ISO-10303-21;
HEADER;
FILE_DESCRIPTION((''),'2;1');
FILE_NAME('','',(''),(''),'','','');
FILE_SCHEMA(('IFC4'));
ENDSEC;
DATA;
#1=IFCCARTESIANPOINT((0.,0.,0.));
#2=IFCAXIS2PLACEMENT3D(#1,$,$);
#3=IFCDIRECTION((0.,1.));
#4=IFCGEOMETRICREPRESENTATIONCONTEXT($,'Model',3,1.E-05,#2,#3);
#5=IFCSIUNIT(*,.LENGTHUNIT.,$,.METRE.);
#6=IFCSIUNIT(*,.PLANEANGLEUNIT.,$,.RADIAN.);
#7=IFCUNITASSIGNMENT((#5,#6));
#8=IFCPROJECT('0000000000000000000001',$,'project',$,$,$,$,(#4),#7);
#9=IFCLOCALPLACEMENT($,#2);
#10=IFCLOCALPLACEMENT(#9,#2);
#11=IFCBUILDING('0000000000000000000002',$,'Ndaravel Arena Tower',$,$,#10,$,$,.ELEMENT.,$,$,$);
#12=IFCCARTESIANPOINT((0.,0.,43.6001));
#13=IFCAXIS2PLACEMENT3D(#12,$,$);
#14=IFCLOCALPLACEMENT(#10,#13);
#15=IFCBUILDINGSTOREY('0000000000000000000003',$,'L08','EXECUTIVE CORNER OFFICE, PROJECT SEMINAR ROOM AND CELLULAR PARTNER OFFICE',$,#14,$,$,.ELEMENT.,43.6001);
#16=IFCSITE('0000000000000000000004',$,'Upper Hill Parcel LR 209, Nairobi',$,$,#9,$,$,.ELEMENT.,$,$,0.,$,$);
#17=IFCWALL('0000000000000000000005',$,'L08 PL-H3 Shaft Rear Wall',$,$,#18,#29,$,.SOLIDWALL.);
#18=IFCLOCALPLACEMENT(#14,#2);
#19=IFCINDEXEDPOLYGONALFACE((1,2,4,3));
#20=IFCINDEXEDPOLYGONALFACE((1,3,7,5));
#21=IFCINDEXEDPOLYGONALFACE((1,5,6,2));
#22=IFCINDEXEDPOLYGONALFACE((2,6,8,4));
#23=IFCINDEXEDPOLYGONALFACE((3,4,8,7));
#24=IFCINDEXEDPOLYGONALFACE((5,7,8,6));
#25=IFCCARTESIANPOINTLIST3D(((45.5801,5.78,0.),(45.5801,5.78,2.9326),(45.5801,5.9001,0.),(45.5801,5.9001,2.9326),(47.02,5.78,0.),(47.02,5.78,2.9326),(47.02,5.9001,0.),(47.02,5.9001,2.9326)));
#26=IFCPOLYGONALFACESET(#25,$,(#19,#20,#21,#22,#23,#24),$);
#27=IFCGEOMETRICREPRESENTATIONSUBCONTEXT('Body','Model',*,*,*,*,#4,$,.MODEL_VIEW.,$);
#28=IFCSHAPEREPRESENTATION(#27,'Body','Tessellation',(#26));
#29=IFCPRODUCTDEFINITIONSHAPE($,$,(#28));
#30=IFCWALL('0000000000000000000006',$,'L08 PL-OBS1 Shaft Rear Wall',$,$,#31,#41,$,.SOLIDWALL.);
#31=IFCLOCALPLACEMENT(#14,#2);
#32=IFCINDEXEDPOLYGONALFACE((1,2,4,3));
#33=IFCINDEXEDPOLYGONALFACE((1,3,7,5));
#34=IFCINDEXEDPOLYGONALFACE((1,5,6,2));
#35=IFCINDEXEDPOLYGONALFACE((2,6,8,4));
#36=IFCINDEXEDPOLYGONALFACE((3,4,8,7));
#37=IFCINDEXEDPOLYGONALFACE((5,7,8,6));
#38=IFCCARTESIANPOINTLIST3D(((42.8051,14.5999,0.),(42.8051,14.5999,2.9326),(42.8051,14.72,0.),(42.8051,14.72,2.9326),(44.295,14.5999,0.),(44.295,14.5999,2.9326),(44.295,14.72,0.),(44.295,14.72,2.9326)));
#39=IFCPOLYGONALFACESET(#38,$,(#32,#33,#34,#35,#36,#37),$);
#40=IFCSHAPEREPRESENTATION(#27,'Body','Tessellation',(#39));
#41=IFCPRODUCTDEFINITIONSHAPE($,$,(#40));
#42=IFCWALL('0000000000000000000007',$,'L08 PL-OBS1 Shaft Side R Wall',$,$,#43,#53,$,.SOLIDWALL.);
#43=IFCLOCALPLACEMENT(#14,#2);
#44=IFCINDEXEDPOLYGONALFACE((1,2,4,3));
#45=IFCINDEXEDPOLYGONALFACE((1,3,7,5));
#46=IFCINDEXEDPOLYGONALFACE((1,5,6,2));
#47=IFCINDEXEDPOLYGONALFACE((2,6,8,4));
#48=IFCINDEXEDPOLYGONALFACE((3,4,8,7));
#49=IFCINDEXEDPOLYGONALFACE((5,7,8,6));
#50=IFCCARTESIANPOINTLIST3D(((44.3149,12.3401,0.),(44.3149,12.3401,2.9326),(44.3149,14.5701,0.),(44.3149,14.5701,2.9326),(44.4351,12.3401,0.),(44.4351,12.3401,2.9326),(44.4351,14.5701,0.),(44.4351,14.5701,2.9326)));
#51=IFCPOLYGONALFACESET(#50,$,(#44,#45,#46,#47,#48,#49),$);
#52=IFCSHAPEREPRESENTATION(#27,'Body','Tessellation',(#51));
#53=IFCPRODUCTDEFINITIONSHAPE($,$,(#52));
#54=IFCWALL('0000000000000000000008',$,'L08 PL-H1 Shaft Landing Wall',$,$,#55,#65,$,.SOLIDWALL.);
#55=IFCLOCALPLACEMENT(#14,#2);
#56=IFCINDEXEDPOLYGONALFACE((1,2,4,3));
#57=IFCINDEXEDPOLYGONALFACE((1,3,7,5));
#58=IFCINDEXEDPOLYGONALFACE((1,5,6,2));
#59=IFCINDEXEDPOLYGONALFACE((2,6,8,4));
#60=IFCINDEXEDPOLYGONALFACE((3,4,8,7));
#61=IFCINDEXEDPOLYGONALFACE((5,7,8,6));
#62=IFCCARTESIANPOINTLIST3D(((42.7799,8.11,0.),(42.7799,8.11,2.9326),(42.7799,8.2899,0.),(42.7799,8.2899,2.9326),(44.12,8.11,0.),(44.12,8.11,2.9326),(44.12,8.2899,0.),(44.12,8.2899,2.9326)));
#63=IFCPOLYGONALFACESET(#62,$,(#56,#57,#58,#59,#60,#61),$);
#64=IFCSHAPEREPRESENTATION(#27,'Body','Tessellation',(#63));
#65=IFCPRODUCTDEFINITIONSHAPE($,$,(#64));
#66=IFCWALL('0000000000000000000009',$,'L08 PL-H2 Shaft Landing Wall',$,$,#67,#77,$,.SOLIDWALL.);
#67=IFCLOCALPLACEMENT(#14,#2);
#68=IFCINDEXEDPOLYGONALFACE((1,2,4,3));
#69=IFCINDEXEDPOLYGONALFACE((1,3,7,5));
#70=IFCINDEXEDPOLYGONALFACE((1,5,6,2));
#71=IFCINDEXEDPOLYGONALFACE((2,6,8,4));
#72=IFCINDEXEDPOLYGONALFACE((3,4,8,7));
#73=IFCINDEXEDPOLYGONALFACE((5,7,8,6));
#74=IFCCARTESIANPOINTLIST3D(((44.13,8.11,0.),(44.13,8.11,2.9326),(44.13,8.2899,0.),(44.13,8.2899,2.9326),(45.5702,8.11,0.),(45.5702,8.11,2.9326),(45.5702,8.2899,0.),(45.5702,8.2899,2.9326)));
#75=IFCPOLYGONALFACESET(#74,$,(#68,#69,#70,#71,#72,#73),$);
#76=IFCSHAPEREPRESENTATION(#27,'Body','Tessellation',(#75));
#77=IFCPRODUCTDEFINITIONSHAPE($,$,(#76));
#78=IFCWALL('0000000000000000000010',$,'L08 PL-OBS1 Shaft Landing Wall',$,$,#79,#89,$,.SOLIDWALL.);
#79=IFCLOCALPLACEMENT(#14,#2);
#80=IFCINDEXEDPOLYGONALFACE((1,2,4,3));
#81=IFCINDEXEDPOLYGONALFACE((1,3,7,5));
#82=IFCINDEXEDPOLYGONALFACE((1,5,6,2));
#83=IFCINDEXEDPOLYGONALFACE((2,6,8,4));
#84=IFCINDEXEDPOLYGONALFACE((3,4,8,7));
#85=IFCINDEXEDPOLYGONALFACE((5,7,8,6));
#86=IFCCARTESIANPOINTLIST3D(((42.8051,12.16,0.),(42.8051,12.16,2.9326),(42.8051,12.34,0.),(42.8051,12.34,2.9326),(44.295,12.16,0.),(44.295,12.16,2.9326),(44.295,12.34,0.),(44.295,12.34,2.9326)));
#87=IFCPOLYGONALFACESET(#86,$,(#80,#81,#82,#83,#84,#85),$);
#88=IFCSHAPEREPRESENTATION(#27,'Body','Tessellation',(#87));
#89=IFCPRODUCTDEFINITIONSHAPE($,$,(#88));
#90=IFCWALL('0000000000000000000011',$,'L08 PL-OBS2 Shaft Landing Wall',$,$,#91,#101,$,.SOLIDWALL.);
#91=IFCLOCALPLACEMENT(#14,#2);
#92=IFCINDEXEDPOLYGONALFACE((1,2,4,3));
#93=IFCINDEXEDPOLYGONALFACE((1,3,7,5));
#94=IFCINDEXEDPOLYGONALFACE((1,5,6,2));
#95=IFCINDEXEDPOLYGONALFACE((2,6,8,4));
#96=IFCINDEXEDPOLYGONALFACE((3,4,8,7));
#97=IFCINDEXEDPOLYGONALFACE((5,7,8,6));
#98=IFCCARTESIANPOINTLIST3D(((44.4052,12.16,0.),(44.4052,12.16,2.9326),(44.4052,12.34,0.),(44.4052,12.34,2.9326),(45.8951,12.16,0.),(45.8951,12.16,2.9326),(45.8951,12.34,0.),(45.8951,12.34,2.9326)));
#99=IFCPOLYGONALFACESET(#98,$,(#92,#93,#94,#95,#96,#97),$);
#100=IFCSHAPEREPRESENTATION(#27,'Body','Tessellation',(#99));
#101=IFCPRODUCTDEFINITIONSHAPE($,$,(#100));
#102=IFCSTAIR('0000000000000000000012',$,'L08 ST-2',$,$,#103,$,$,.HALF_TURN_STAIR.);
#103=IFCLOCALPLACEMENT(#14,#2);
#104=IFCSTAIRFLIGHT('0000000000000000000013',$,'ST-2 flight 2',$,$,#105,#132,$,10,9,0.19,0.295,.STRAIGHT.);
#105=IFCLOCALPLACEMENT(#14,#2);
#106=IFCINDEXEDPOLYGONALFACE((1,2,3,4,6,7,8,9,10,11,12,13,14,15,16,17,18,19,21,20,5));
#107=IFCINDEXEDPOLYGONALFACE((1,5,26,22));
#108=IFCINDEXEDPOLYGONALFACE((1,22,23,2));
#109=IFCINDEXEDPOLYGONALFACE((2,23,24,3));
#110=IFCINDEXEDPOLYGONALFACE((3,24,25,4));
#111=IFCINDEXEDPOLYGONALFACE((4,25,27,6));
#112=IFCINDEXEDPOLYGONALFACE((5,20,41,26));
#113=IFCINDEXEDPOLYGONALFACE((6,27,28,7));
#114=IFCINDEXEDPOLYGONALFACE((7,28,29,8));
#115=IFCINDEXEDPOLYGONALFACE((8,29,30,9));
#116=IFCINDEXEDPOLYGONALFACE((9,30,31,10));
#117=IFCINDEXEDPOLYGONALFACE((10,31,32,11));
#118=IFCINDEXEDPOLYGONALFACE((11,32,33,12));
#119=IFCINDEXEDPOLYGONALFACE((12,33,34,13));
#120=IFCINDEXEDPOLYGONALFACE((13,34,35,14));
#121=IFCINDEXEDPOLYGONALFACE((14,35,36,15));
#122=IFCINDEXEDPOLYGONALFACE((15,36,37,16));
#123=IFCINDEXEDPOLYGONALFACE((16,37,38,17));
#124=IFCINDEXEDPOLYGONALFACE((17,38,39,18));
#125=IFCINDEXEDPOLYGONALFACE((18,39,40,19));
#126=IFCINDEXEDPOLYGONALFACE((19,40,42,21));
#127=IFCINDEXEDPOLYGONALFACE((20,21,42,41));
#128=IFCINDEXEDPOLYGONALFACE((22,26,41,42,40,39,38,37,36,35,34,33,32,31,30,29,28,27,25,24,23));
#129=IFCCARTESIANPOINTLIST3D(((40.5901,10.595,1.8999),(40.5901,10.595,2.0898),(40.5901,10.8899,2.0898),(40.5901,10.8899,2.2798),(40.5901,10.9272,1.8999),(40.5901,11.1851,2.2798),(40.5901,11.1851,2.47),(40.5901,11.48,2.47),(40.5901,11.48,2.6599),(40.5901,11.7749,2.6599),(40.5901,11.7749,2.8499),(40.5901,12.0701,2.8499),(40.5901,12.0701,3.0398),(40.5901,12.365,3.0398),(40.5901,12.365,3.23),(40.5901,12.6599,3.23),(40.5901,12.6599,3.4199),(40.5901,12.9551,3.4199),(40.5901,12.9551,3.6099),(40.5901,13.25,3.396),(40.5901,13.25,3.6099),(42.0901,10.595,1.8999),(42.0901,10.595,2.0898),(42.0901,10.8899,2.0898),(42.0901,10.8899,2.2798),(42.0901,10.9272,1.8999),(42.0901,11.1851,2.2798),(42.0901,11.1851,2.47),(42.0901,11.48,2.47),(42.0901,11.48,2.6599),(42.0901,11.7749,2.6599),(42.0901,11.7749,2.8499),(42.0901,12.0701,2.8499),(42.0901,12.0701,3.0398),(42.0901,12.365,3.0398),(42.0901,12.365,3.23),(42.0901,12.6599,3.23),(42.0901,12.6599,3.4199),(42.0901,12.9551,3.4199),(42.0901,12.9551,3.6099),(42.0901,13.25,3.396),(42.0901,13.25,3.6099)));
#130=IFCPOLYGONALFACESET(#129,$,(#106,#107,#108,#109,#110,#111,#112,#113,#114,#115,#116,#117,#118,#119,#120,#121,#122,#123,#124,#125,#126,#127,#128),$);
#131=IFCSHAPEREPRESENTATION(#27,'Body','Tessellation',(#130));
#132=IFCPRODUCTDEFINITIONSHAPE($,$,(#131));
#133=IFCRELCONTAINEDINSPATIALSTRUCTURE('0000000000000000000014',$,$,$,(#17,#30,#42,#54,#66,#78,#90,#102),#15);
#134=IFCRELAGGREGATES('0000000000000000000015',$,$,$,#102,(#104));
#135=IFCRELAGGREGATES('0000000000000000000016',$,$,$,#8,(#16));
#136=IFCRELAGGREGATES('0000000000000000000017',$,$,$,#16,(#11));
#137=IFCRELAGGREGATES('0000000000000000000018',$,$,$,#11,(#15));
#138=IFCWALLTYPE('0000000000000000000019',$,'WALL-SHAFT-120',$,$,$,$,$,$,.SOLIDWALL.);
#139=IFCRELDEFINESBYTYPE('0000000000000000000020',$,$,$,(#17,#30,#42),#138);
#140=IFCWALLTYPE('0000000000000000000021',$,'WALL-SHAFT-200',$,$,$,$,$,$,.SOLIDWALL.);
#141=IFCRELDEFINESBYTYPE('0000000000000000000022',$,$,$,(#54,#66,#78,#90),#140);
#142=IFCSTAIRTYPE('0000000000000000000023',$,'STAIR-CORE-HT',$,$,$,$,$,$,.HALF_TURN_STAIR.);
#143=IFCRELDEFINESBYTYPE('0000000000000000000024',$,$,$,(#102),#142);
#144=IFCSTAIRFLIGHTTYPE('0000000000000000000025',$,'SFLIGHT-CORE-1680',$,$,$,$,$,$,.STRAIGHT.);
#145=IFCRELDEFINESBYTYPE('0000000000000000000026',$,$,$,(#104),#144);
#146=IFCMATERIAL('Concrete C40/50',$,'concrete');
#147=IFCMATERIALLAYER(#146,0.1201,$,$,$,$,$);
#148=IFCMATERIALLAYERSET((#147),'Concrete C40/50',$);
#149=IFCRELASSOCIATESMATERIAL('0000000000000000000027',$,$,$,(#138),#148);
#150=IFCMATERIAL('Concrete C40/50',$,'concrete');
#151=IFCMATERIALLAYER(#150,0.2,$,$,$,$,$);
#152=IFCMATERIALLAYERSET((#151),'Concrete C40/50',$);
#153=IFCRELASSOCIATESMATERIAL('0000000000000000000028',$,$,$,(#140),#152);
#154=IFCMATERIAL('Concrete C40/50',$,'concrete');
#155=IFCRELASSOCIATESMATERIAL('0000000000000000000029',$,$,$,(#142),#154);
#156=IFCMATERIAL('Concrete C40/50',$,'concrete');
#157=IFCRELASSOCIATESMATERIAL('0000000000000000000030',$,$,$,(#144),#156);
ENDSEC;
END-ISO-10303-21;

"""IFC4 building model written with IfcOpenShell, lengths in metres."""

from ifc_helpers import new_model, si_unit, direction, frame, frame_2d, origin, place, context, subcontext, project, spatial, polyline, rectangle, outline, extrude, material, layer, layer_set, type_object, element, aggregate, save


model = new_model("IFC4")

# Units and contexts
model_context = context("Model", 3, precision=1e-05, world=origin(), true_north=direction((0.0, 1.0)))
body_context = subcontext(model_context, "Body", "Model", "MODEL_VIEW")
ifc_project = project(units=[si_unit("LENGTHUNIT", "METRE"), si_unit("PLANEANGLEUNIT", "RADIAN")], contexts=[model_context])

# Site, building, storey
site_placement = place(None, origin())
site = spatial("IfcSite", under=ifc_project, at=site_placement, Name="Upper Hill Parcel LR 209, Nairobi", CompositionType="ELEMENT", RefElevation=0.0)
building_placement = place(site_placement, origin())
building = spatial("IfcBuilding", under=site, at=building_placement, Name="Ndaravel Arena Tower", CompositionType="ELEMENT")
storey_placement = place(building_placement, frame((0.0, 0.0, 43.6001)))
storey = spatial("IfcBuildingStorey", under=building, at=storey_placement, Name="L08", Description="EXECUTIVE CORNER OFFICE, PROJECT SEMINAR ROOM AND CELLULAR PARTNER OFFICE", CompositionType="ELEMENT", Elevation=43.6001)

# Walls
ifc_material_1 = material(Name="Concrete C40/50", Category="concrete")
ifc_layer_1 = layer(ifc_material_1, 0.1201)
ifc_layer_set_1 = layer_set([ifc_layer_1], Name="Concrete C40/50")
wall_type_1 = type_object("IfcWallType", Name="WALL-SHAFT-120", PredefinedType="SOLIDWALL", material=ifc_layer_set_1)
wall_1_placement = place(storey_placement, frame((45.5801, 5.8401, 0.0), z_axis=(0.0, 0.0, 1.0), x_axis=(1.0, 0.0, 0.0)))
element("IfcWall", 1, at=wall_1_placement, inside=storey, type_object=wall_type_1, Name="L08 PL-H3 Shaft Rear Wall", PredefinedType="SOLIDWALL", context=body_context, shape_type="SweptSolid", body=[
    extrude(rectangle(XDim=1.4399, YDim=0.1201, at=frame_2d((0.72, 0.0))), origin(), (0.0, 0.0, 1.0), 2.9326),
])
wall_2_placement = place(storey_placement, frame((42.8049, 14.6599, 0.0), z_axis=(0.0, 0.0, 1.0), x_axis=(1.0, 0.0, 0.0)))
element("IfcWall", 2, at=wall_2_placement, inside=storey, type_object=wall_type_1, Name="L08 PL-OBS1 Shaft Rear Wall", PredefinedType="SOLIDWALL", context=body_context, shape_type="SweptSolid", body=[
    extrude(rectangle(XDim=1.49, YDim=0.1201, at=frame_2d((0.7451, 0.0))), origin(), (0.0, 0.0, 1.0), 2.9326),
])
wall_3_placement = place(storey_placement, frame((44.375, 12.3401, 0.0), z_axis=(0.0, 0.0, 1.0), x_axis=(0.0, 1.0, 0.0)))
element("IfcWall", 3, at=wall_3_placement, inside=storey, type_object=wall_type_1, Name="L08 PL-OBS1 Shaft Side R Wall", PredefinedType="SOLIDWALL", context=body_context, shape_type="SweptSolid", body=[
    extrude(rectangle(XDim=2.23, YDim=0.1201, at=frame_2d((1.115, 0.0))), origin(), (0.0, 0.0, 1.0), 2.9326),
])
ifc_material_2 = material(Name="Concrete C40/50", Category="concrete")
ifc_layer_2 = layer(ifc_material_2, 0.2)
ifc_layer_set_2 = layer_set([ifc_layer_2], Name="Concrete C40/50")
wall_type_2 = type_object("IfcWallType", Name="WALL-SHAFT-200", PredefinedType="SOLIDWALL", material=ifc_layer_set_2)
wall_4_placement = place(storey_placement, frame((42.78, 8.2, 0.0), z_axis=(0.0, 0.0, 1.0), x_axis=(1.0, 0.0, 0.0)))
element("IfcWall", 4, at=wall_4_placement, inside=storey, type_object=wall_type_2, Name="L08 PL-H1 Shaft Landing Wall", PredefinedType="SOLIDWALL", context=body_context, shape_type="SweptSolid", body=[
    extrude(rectangle(XDim=1.3401, YDim=0.1799, at=frame_2d((0.6699, 0.0))), origin(), (0.0, 0.0, 1.0), 2.9326),
])
wall_5_placement = place(storey_placement, frame((44.1299, 8.2, 0.0), z_axis=(0.0, 0.0, 1.0), x_axis=(1.0, 0.0, 0.0)))
element("IfcWall", 5, at=wall_5_placement, inside=storey, type_object=wall_type_2, Name="L08 PL-H2 Shaft Landing Wall", PredefinedType="SOLIDWALL", context=body_context, shape_type="SweptSolid", body=[
    extrude(rectangle(XDim=1.4402, YDim=0.1799, at=frame_2d((0.7202, 0.0))), origin(), (0.0, 0.0, 1.0), 2.9326),
])
for number, where, z_axis, x_axis, name in (
    (6, (42.8049, 12.25, 0.0), (0.0, 0.0, 1.0), (1.0, 0.0, 0.0), "L08 PL-OBS1 Shaft Landing Wall"),
    (7, (44.405, 12.25, 0.0), (0.0, 0.0, 1.0), (1.0, 0.0, 0.0), "L08 PL-OBS2 Shaft Landing Wall"),
):
    element("IfcWall", number, at=place(storey_placement, frame(where, z_axis=z_axis, x_axis=x_axis)), inside=storey, type_object=wall_type_2, Name=name, PredefinedType="SOLIDWALL", context=body_context, shape_type="SweptSolid", body=[
        extrude(rectangle(XDim=1.49, YDim=0.1799, at=frame_2d((0.7451, 0.0))), origin(), (0.0, 0.0, 1.0), 2.9326),
    ])

# Stair, stair flight
ifc_material_3 = material(Name="Concrete C40/50", Category="concrete")
stair_type = type_object("IfcStairType", Name="STAIR-CORE-HT", PredefinedType="HALF_TURN_STAIR", material=ifc_material_3)
stair_placement = place(storey_placement, origin())
stair = element("IfcStair", 8, at=stair_placement, inside=storey, type_object=stair_type, Name="L08 ST-2", PredefinedType="HALF_TURN_STAIR")
ifc_material_4 = material(Name="Concrete C40/50", Category="concrete")
stair_flight_type = type_object("IfcStairFlightType", Name="SFLIGHT-CORE-1680", PredefinedType="STRAIGHT", material=ifc_material_4)
stair_flight_placement = place(storey_placement, frame((41.3401, 10.595, 1.8999), z_axis=(0.0, 0.0, 1.0), x_axis=(0.0, 1.0, 0.0)))
stair_flight = element("IfcStairFlight", 9, at=stair_flight_placement, type_object=stair_flight_type, Name="ST-2 flight 2", NumberOfRisers=10, NumberOfTreads=9, PredefinedType="STRAIGHT", RiserHeight=0.19, TreadLength=0.295, context=body_context, shape_type="SweptSolid", body=[
    extrude(outline(polyline([(0.0, 0.0), (0.0, 0.1899), (0.2949, 0.1899), (0.2949, 0.3799), (0.5901, 0.3799), (0.5901, 0.5701), (0.885, 0.5701), (0.885, 0.76), (1.1799, 0.76), (1.1799, 0.95), (1.4751, 0.95), (1.4751, 1.1399), (1.77, 1.1399), (1.77, 1.3301), (2.0649, 1.3301), (2.0649, 1.52), (2.3601, 1.52), (2.3601, 1.71), (2.655, 1.71), (2.655, 1.8999), (2.655, 1.4961), (0.3323, 0.0), (0.0, 0.0)])), frame((0.0, 0.75, 0.0), z_axis=(0.0, -1.0, 0.0), x_axis=(1.0, 0.0, 0.0)), (0.0, 0.0, 1.0), 1.5),
])
aggregate(stair, [stair_flight])

save(model, "model.ifc")
